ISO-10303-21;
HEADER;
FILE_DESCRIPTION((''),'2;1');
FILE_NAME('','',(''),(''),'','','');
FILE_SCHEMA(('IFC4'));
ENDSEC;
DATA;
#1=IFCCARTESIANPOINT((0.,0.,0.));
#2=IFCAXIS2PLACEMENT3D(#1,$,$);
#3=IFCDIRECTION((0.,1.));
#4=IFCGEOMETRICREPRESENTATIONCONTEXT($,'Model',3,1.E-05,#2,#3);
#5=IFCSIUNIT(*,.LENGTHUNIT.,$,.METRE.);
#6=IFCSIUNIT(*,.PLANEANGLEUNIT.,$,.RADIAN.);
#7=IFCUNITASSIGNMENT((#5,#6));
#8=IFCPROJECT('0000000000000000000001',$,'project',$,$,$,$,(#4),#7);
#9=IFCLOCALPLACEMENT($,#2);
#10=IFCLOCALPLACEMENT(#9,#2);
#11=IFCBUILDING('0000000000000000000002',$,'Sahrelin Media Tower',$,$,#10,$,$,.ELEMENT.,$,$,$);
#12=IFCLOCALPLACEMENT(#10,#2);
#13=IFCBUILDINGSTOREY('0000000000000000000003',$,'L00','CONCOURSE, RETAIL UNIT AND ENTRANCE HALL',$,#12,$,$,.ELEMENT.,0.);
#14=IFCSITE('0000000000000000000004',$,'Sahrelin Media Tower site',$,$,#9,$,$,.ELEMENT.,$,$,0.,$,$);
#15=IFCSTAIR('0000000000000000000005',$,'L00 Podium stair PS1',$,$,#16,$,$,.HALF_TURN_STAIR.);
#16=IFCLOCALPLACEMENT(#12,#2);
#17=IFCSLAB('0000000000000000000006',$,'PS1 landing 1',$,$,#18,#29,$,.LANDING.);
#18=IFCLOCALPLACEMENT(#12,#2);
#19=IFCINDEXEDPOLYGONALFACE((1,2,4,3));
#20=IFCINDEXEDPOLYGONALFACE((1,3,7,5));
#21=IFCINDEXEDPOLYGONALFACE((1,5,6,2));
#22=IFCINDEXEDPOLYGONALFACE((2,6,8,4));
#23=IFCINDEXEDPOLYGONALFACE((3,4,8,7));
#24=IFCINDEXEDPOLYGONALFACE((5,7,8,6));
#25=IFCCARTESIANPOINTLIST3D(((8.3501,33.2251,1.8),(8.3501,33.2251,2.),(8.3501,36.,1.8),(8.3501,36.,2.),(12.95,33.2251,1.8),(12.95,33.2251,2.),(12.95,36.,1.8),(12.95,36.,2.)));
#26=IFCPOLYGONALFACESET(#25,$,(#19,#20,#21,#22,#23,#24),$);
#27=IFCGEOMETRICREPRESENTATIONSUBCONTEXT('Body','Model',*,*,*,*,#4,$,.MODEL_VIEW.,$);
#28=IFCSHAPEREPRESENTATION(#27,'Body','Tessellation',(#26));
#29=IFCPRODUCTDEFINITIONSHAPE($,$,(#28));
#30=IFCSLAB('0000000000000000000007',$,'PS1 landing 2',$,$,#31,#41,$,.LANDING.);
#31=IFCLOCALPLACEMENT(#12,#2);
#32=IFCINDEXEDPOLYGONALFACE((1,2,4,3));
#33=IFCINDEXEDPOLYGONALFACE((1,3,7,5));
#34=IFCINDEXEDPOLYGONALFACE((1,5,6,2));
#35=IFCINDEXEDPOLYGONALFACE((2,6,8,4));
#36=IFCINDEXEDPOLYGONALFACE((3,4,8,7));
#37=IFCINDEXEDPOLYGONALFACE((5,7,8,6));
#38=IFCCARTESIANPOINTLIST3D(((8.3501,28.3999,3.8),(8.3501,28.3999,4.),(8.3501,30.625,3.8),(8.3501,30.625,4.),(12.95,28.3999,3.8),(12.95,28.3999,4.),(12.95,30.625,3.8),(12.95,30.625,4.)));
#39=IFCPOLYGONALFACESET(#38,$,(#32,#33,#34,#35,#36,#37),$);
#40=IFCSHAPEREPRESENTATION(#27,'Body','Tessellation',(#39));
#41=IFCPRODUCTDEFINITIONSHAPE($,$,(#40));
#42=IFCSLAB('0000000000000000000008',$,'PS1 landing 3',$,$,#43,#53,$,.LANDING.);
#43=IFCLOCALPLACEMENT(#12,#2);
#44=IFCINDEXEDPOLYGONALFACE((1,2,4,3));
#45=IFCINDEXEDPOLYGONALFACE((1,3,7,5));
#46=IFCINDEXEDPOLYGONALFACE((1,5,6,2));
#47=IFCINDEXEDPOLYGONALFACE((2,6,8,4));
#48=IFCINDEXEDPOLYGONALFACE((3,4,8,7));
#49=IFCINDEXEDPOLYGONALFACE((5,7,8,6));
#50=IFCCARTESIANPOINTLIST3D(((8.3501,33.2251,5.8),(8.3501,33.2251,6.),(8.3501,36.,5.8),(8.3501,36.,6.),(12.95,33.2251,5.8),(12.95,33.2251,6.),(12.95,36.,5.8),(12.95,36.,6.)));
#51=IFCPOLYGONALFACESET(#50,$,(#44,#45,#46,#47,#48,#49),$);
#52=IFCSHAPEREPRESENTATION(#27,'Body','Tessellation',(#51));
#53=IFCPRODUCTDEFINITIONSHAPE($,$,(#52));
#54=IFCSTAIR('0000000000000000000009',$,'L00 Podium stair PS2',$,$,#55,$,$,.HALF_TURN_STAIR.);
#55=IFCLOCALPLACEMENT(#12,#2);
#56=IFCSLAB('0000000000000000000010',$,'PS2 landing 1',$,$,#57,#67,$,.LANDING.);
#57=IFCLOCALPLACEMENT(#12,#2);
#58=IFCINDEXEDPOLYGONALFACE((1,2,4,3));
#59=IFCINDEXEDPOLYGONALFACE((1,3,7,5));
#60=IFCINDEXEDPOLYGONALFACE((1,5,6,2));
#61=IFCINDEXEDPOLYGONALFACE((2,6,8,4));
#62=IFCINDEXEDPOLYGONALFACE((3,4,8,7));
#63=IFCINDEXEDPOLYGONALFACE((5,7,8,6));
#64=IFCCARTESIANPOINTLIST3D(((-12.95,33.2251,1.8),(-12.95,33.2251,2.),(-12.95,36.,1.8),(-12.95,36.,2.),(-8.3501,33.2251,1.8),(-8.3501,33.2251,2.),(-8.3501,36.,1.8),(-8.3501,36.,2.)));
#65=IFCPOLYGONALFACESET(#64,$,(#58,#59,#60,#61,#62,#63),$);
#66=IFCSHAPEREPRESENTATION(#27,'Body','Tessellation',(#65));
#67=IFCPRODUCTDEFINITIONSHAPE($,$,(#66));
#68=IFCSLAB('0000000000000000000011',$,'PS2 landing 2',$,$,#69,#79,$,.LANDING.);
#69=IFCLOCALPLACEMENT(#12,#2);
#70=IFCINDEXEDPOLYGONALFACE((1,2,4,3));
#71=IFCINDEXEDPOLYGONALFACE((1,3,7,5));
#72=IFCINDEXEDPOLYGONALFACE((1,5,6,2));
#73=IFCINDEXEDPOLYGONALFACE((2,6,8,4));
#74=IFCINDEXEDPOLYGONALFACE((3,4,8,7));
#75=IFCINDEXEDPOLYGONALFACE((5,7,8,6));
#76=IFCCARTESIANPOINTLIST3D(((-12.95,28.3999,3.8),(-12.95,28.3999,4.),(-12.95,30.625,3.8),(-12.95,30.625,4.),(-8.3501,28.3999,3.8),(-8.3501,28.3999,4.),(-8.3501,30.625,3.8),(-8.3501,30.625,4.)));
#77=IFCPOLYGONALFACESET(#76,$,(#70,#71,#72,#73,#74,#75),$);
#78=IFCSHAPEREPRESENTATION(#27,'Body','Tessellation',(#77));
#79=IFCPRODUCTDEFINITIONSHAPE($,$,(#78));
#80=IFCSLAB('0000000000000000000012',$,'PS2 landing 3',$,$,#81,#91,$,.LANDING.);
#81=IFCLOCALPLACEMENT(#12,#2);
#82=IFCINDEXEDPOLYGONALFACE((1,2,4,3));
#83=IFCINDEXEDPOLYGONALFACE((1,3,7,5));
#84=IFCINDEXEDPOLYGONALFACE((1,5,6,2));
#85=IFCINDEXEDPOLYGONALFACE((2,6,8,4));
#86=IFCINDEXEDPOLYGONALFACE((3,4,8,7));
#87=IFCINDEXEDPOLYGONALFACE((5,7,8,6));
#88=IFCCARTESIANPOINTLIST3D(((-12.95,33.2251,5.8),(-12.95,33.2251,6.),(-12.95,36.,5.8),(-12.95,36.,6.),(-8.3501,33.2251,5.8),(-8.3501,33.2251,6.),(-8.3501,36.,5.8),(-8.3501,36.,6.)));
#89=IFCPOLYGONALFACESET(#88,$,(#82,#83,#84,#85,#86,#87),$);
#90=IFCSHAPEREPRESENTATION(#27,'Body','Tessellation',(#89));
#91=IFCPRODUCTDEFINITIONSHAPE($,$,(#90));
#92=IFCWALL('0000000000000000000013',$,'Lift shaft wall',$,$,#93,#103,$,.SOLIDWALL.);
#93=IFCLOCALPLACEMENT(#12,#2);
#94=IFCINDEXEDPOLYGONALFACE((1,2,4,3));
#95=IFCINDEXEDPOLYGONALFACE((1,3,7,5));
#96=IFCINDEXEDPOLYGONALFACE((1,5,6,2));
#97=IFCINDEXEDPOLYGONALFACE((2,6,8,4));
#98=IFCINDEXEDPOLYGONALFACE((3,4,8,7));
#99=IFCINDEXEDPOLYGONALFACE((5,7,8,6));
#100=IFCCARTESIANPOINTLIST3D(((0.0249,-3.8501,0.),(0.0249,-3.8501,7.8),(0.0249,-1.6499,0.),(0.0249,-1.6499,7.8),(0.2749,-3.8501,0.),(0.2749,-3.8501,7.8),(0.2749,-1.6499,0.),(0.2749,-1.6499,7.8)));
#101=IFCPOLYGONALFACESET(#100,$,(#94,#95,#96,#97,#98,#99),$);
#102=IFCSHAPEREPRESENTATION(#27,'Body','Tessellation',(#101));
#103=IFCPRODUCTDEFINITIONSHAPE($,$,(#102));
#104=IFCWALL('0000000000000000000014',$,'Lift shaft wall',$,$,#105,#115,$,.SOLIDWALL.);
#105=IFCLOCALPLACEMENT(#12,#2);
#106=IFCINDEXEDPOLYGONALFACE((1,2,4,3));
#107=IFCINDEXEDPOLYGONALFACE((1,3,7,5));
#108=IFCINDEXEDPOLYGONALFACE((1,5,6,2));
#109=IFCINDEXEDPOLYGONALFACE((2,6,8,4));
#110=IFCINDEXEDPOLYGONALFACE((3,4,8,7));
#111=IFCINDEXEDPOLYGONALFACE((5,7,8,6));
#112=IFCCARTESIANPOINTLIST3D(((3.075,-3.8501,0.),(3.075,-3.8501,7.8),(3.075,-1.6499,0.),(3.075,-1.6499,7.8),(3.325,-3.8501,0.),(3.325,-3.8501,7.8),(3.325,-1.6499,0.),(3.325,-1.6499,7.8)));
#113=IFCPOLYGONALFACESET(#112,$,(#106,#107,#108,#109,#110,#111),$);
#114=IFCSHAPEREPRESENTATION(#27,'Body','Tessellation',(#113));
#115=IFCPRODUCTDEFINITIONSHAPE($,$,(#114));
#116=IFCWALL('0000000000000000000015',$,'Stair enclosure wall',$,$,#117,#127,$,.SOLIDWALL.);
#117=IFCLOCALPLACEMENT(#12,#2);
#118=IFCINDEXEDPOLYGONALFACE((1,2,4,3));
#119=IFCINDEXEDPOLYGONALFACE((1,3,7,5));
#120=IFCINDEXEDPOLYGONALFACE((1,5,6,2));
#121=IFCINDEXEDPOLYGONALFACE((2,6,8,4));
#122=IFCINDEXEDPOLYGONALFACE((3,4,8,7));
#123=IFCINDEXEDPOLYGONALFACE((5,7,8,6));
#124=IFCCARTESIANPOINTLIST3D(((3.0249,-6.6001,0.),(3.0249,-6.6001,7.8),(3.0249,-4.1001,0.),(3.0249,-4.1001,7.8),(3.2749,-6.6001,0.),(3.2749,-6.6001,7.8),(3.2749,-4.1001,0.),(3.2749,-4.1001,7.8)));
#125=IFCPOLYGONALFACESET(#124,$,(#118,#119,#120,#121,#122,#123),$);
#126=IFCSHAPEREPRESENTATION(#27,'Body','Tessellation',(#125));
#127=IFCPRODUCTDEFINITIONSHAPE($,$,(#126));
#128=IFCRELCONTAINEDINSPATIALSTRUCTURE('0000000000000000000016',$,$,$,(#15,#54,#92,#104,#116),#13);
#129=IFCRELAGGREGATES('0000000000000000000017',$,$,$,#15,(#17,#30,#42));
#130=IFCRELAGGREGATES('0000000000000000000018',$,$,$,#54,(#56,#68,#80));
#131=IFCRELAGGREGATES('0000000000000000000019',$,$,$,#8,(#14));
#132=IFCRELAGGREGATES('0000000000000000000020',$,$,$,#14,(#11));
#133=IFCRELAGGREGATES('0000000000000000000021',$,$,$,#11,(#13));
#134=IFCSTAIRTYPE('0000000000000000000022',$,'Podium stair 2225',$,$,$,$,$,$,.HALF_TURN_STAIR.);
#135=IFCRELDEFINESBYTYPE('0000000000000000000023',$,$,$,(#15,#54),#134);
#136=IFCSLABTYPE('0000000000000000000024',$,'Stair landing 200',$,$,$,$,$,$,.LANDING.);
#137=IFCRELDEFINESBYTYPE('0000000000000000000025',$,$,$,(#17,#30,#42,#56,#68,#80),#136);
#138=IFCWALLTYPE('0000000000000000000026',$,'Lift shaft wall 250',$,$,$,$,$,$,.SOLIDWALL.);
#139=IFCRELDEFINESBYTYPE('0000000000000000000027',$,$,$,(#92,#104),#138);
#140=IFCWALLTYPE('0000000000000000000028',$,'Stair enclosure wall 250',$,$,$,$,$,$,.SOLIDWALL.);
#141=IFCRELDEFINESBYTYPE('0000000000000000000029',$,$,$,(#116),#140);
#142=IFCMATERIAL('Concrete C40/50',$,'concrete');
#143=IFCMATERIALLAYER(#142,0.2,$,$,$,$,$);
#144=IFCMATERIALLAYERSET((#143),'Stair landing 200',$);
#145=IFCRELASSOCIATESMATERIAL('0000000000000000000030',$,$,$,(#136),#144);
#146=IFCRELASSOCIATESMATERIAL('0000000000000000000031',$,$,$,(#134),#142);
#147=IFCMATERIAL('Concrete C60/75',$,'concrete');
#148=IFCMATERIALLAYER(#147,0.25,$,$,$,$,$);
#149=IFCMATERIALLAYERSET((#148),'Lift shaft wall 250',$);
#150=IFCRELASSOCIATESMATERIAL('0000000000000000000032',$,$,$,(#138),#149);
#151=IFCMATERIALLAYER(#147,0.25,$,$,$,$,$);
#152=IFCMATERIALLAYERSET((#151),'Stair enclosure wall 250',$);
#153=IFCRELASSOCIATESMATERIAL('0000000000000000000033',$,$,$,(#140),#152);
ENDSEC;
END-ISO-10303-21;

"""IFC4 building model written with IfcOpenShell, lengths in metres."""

from ifc_helpers import new_model, si_unit, direction, frame, frame_2d, origin, place, context, subcontext, project, spatial, polyline, rectangle, outline, extrude, material, layer, layer_set, type_object, element, aggregate, save


model = new_model("IFC4")

# Units and contexts
model_context = context("Model", 3, precision=1e-05, world=origin(), true_north=direction((0.0, 1.0)))
body_context = subcontext(model_context, "Body", "Model", "MODEL_VIEW")
ifc_project = project(units=[si_unit("LENGTHUNIT", "METRE"), si_unit("PLANEANGLEUNIT", "RADIAN")], contexts=[model_context])

# Site, building, storey
site_placement = place(None, origin())
site = spatial("IfcSite", under=ifc_project, at=site_placement, Name="Sahrelin Media Tower site", CompositionType="ELEMENT", RefElevation=0.0)
building_placement = place(site_placement, origin())
building = spatial("IfcBuilding", under=site, at=building_placement, Name="Sahrelin Media Tower", CompositionType="ELEMENT")
storey_placement = place(building_placement, origin())
storey = spatial("IfcBuildingStorey", under=building, at=storey_placement, Name="L00", Description="CONCOURSE, RETAIL UNIT AND ENTRANCE HALL", CompositionType="ELEMENT", Elevation=0.0)

# Stairs, slabs
ifc_material_1 = material(Name="Concrete C40/50", Category="concrete")
placement_1 = place(storey_placement, origin())
ifc_layer_1 = layer(ifc_material_1, 0.2)
ifc_layer_set_1 = layer_set([ifc_layer_1], Name="Stair landing 200")
slab_type_1 = type_object("IfcSlabType", Name="Stair landing 200", PredefinedType="LANDING", material=ifc_layer_set_1)
placement_2 = place(storey_placement, frame((0.0, 0.0, 1.8)))
placement_3 = place(storey_placement, frame((0.0, 0.0, 3.8)))
placement_4 = place(storey_placement, frame((0.0, 0.0, 5.8)))
stair_type_1 = type_object("IfcStairType", Name="Podium stair 2225", PredefinedType="HALF_TURN_STAIR", material=ifc_material_1)
stair_1 = element("IfcStair", 1, at=placement_1, inside=storey, type_object=stair_type_1, Name="L00 Podium stair PS1", PredefinedType="HALF_TURN_STAIR")
slab_1 = element("IfcSlab", 2, at=placement_2, type_object=slab_type_1, Name="PS1 landing 1", PredefinedType="LANDING", context=body_context, shape_type="SweptSolid", body=[
    extrude(outline(polyline([(12.95, 33.2251), (12.95, 36.0), (8.3501, 36.0), (8.3501, 33.2251), (12.95, 33.2251)])), origin(), (0.0, 0.0, 1.0), 0.2),
])
slab_2 = element("IfcSlab", 3, at=placement_3, type_object=slab_type_1, Name="PS1 landing 2", PredefinedType="LANDING", context=body_context, shape_type="SweptSolid", body=[
    extrude(outline(polyline([(12.95, 28.3999), (12.95, 30.625), (8.3501, 30.625), (8.3501, 28.3999), (12.95, 28.3999)])), origin(), (0.0, 0.0, 1.0), 0.2),
])
slab_3 = element("IfcSlab", 4, at=placement_4, type_object=slab_type_1, Name="PS1 landing 3", PredefinedType="LANDING", context=body_context, shape_type="SweptSolid", body=[
    extrude(outline(polyline([(12.95, 33.2251), (12.95, 36.0), (8.3501, 36.0), (8.3501, 33.2251), (12.95, 33.2251)])), origin(), (0.0, 0.0, 1.0), 0.2),
])
aggregate(stair_1, [slab_1, slab_2, slab_3])
stair_2 = element("IfcStair", 5, at=placement_1, inside=storey, type_object=stair_type_1, Name="L00 Podium stair PS2", PredefinedType="HALF_TURN_STAIR")
slab_4 = element("IfcSlab", 6, at=placement_2, type_object=slab_type_1, Name="PS2 landing 1", PredefinedType="LANDING", context=body_context, shape_type="SweptSolid", body=[
    extrude(outline(polyline([(-8.3501, 33.2251), (-8.3501, 36.0), (-12.95, 36.0), (-12.95, 33.2251), (-8.3501, 33.2251)])), origin(), (0.0, 0.0, 1.0), 0.2),
])
slab_5 = element("IfcSlab", 7, at=placement_3, type_object=slab_type_1, Name="PS2 landing 2", PredefinedType="LANDING", context=body_context, shape_type="SweptSolid", body=[
    extrude(outline(polyline([(-8.3501, 28.3999), (-8.3501, 30.625), (-12.95, 30.625), (-12.95, 28.3999), (-8.3501, 28.3999)])), origin(), (0.0, 0.0, 1.0), 0.2),
])
slab_6 = element("IfcSlab", 8, at=placement_4, type_object=slab_type_1, Name="PS2 landing 3", PredefinedType="LANDING", context=body_context, shape_type="SweptSolid", body=[
    extrude(outline(polyline([(-8.3501, 33.2251), (-8.3501, 36.0), (-12.95, 36.0), (-12.95, 33.2251), (-8.3501, 33.2251)])), origin(), (0.0, 0.0, 1.0), 0.2),
])
aggregate(stair_2, [slab_4, slab_5, slab_6])

# Walls
ifc_material_2 = material(Name="Concrete C60/75", Category="concrete")
ifc_layer_2 = layer(ifc_material_2, 0.25)
ifc_layer_set_2 = layer_set([ifc_layer_2], Name="Lift shaft wall 250")
wall_type_1 = type_object("IfcWallType", Name="Lift shaft wall 250", PredefinedType="SOLIDWALL", material=ifc_layer_set_2)
for number, where, z_axis, x_axis, name in (
    (9, (0.1499, -3.8501, 0.0), (0.0, 0.0, 1.0), (0.0, 1.0, 0.0), "Lift shaft wall"),
    (10, (3.2, -3.8501, 0.0), (0.0, 0.0, 1.0), (0.0, 1.0, 0.0), "Lift shaft wall"),
):
    element("IfcWall", number, at=place(storey_placement, frame(where, z_axis=z_axis, x_axis=x_axis)), inside=storey, type_object=wall_type_1, Name=name, PredefinedType="SOLIDWALL", context=body_context, shape_type="SweptSolid", body=[
        extrude(rectangle(XDim=2.2002, YDim=0.25, at=frame_2d((1.1001, 0.0))), origin(), (0.0, 0.0, 1.0), 7.8),
    ])
ifc_layer_3 = layer(ifc_material_2, 0.25)
ifc_layer_set_3 = layer_set([ifc_layer_3], Name="Stair enclosure wall 250")
wall_type_2 = type_object("IfcWallType", Name="Stair enclosure wall 250", PredefinedType="SOLIDWALL", material=ifc_layer_set_3)
wall_placement = place(storey_placement, frame((3.1499, -6.6001, 0.0), z_axis=(0.0, 0.0, 1.0), x_axis=(0.0, 1.0, 0.0)))
element("IfcWall", 11, at=wall_placement, inside=storey, type_object=wall_type_2, Name="Stair enclosure wall", PredefinedType="SOLIDWALL", context=body_context, shape_type="SweptSolid", body=[
    extrude(rectangle(XDim=2.5, YDim=0.25, at=frame_2d((1.25, 0.0))), origin(), (0.0, 0.0, 1.0), 7.8),
])

save(model, "model.ifc")
